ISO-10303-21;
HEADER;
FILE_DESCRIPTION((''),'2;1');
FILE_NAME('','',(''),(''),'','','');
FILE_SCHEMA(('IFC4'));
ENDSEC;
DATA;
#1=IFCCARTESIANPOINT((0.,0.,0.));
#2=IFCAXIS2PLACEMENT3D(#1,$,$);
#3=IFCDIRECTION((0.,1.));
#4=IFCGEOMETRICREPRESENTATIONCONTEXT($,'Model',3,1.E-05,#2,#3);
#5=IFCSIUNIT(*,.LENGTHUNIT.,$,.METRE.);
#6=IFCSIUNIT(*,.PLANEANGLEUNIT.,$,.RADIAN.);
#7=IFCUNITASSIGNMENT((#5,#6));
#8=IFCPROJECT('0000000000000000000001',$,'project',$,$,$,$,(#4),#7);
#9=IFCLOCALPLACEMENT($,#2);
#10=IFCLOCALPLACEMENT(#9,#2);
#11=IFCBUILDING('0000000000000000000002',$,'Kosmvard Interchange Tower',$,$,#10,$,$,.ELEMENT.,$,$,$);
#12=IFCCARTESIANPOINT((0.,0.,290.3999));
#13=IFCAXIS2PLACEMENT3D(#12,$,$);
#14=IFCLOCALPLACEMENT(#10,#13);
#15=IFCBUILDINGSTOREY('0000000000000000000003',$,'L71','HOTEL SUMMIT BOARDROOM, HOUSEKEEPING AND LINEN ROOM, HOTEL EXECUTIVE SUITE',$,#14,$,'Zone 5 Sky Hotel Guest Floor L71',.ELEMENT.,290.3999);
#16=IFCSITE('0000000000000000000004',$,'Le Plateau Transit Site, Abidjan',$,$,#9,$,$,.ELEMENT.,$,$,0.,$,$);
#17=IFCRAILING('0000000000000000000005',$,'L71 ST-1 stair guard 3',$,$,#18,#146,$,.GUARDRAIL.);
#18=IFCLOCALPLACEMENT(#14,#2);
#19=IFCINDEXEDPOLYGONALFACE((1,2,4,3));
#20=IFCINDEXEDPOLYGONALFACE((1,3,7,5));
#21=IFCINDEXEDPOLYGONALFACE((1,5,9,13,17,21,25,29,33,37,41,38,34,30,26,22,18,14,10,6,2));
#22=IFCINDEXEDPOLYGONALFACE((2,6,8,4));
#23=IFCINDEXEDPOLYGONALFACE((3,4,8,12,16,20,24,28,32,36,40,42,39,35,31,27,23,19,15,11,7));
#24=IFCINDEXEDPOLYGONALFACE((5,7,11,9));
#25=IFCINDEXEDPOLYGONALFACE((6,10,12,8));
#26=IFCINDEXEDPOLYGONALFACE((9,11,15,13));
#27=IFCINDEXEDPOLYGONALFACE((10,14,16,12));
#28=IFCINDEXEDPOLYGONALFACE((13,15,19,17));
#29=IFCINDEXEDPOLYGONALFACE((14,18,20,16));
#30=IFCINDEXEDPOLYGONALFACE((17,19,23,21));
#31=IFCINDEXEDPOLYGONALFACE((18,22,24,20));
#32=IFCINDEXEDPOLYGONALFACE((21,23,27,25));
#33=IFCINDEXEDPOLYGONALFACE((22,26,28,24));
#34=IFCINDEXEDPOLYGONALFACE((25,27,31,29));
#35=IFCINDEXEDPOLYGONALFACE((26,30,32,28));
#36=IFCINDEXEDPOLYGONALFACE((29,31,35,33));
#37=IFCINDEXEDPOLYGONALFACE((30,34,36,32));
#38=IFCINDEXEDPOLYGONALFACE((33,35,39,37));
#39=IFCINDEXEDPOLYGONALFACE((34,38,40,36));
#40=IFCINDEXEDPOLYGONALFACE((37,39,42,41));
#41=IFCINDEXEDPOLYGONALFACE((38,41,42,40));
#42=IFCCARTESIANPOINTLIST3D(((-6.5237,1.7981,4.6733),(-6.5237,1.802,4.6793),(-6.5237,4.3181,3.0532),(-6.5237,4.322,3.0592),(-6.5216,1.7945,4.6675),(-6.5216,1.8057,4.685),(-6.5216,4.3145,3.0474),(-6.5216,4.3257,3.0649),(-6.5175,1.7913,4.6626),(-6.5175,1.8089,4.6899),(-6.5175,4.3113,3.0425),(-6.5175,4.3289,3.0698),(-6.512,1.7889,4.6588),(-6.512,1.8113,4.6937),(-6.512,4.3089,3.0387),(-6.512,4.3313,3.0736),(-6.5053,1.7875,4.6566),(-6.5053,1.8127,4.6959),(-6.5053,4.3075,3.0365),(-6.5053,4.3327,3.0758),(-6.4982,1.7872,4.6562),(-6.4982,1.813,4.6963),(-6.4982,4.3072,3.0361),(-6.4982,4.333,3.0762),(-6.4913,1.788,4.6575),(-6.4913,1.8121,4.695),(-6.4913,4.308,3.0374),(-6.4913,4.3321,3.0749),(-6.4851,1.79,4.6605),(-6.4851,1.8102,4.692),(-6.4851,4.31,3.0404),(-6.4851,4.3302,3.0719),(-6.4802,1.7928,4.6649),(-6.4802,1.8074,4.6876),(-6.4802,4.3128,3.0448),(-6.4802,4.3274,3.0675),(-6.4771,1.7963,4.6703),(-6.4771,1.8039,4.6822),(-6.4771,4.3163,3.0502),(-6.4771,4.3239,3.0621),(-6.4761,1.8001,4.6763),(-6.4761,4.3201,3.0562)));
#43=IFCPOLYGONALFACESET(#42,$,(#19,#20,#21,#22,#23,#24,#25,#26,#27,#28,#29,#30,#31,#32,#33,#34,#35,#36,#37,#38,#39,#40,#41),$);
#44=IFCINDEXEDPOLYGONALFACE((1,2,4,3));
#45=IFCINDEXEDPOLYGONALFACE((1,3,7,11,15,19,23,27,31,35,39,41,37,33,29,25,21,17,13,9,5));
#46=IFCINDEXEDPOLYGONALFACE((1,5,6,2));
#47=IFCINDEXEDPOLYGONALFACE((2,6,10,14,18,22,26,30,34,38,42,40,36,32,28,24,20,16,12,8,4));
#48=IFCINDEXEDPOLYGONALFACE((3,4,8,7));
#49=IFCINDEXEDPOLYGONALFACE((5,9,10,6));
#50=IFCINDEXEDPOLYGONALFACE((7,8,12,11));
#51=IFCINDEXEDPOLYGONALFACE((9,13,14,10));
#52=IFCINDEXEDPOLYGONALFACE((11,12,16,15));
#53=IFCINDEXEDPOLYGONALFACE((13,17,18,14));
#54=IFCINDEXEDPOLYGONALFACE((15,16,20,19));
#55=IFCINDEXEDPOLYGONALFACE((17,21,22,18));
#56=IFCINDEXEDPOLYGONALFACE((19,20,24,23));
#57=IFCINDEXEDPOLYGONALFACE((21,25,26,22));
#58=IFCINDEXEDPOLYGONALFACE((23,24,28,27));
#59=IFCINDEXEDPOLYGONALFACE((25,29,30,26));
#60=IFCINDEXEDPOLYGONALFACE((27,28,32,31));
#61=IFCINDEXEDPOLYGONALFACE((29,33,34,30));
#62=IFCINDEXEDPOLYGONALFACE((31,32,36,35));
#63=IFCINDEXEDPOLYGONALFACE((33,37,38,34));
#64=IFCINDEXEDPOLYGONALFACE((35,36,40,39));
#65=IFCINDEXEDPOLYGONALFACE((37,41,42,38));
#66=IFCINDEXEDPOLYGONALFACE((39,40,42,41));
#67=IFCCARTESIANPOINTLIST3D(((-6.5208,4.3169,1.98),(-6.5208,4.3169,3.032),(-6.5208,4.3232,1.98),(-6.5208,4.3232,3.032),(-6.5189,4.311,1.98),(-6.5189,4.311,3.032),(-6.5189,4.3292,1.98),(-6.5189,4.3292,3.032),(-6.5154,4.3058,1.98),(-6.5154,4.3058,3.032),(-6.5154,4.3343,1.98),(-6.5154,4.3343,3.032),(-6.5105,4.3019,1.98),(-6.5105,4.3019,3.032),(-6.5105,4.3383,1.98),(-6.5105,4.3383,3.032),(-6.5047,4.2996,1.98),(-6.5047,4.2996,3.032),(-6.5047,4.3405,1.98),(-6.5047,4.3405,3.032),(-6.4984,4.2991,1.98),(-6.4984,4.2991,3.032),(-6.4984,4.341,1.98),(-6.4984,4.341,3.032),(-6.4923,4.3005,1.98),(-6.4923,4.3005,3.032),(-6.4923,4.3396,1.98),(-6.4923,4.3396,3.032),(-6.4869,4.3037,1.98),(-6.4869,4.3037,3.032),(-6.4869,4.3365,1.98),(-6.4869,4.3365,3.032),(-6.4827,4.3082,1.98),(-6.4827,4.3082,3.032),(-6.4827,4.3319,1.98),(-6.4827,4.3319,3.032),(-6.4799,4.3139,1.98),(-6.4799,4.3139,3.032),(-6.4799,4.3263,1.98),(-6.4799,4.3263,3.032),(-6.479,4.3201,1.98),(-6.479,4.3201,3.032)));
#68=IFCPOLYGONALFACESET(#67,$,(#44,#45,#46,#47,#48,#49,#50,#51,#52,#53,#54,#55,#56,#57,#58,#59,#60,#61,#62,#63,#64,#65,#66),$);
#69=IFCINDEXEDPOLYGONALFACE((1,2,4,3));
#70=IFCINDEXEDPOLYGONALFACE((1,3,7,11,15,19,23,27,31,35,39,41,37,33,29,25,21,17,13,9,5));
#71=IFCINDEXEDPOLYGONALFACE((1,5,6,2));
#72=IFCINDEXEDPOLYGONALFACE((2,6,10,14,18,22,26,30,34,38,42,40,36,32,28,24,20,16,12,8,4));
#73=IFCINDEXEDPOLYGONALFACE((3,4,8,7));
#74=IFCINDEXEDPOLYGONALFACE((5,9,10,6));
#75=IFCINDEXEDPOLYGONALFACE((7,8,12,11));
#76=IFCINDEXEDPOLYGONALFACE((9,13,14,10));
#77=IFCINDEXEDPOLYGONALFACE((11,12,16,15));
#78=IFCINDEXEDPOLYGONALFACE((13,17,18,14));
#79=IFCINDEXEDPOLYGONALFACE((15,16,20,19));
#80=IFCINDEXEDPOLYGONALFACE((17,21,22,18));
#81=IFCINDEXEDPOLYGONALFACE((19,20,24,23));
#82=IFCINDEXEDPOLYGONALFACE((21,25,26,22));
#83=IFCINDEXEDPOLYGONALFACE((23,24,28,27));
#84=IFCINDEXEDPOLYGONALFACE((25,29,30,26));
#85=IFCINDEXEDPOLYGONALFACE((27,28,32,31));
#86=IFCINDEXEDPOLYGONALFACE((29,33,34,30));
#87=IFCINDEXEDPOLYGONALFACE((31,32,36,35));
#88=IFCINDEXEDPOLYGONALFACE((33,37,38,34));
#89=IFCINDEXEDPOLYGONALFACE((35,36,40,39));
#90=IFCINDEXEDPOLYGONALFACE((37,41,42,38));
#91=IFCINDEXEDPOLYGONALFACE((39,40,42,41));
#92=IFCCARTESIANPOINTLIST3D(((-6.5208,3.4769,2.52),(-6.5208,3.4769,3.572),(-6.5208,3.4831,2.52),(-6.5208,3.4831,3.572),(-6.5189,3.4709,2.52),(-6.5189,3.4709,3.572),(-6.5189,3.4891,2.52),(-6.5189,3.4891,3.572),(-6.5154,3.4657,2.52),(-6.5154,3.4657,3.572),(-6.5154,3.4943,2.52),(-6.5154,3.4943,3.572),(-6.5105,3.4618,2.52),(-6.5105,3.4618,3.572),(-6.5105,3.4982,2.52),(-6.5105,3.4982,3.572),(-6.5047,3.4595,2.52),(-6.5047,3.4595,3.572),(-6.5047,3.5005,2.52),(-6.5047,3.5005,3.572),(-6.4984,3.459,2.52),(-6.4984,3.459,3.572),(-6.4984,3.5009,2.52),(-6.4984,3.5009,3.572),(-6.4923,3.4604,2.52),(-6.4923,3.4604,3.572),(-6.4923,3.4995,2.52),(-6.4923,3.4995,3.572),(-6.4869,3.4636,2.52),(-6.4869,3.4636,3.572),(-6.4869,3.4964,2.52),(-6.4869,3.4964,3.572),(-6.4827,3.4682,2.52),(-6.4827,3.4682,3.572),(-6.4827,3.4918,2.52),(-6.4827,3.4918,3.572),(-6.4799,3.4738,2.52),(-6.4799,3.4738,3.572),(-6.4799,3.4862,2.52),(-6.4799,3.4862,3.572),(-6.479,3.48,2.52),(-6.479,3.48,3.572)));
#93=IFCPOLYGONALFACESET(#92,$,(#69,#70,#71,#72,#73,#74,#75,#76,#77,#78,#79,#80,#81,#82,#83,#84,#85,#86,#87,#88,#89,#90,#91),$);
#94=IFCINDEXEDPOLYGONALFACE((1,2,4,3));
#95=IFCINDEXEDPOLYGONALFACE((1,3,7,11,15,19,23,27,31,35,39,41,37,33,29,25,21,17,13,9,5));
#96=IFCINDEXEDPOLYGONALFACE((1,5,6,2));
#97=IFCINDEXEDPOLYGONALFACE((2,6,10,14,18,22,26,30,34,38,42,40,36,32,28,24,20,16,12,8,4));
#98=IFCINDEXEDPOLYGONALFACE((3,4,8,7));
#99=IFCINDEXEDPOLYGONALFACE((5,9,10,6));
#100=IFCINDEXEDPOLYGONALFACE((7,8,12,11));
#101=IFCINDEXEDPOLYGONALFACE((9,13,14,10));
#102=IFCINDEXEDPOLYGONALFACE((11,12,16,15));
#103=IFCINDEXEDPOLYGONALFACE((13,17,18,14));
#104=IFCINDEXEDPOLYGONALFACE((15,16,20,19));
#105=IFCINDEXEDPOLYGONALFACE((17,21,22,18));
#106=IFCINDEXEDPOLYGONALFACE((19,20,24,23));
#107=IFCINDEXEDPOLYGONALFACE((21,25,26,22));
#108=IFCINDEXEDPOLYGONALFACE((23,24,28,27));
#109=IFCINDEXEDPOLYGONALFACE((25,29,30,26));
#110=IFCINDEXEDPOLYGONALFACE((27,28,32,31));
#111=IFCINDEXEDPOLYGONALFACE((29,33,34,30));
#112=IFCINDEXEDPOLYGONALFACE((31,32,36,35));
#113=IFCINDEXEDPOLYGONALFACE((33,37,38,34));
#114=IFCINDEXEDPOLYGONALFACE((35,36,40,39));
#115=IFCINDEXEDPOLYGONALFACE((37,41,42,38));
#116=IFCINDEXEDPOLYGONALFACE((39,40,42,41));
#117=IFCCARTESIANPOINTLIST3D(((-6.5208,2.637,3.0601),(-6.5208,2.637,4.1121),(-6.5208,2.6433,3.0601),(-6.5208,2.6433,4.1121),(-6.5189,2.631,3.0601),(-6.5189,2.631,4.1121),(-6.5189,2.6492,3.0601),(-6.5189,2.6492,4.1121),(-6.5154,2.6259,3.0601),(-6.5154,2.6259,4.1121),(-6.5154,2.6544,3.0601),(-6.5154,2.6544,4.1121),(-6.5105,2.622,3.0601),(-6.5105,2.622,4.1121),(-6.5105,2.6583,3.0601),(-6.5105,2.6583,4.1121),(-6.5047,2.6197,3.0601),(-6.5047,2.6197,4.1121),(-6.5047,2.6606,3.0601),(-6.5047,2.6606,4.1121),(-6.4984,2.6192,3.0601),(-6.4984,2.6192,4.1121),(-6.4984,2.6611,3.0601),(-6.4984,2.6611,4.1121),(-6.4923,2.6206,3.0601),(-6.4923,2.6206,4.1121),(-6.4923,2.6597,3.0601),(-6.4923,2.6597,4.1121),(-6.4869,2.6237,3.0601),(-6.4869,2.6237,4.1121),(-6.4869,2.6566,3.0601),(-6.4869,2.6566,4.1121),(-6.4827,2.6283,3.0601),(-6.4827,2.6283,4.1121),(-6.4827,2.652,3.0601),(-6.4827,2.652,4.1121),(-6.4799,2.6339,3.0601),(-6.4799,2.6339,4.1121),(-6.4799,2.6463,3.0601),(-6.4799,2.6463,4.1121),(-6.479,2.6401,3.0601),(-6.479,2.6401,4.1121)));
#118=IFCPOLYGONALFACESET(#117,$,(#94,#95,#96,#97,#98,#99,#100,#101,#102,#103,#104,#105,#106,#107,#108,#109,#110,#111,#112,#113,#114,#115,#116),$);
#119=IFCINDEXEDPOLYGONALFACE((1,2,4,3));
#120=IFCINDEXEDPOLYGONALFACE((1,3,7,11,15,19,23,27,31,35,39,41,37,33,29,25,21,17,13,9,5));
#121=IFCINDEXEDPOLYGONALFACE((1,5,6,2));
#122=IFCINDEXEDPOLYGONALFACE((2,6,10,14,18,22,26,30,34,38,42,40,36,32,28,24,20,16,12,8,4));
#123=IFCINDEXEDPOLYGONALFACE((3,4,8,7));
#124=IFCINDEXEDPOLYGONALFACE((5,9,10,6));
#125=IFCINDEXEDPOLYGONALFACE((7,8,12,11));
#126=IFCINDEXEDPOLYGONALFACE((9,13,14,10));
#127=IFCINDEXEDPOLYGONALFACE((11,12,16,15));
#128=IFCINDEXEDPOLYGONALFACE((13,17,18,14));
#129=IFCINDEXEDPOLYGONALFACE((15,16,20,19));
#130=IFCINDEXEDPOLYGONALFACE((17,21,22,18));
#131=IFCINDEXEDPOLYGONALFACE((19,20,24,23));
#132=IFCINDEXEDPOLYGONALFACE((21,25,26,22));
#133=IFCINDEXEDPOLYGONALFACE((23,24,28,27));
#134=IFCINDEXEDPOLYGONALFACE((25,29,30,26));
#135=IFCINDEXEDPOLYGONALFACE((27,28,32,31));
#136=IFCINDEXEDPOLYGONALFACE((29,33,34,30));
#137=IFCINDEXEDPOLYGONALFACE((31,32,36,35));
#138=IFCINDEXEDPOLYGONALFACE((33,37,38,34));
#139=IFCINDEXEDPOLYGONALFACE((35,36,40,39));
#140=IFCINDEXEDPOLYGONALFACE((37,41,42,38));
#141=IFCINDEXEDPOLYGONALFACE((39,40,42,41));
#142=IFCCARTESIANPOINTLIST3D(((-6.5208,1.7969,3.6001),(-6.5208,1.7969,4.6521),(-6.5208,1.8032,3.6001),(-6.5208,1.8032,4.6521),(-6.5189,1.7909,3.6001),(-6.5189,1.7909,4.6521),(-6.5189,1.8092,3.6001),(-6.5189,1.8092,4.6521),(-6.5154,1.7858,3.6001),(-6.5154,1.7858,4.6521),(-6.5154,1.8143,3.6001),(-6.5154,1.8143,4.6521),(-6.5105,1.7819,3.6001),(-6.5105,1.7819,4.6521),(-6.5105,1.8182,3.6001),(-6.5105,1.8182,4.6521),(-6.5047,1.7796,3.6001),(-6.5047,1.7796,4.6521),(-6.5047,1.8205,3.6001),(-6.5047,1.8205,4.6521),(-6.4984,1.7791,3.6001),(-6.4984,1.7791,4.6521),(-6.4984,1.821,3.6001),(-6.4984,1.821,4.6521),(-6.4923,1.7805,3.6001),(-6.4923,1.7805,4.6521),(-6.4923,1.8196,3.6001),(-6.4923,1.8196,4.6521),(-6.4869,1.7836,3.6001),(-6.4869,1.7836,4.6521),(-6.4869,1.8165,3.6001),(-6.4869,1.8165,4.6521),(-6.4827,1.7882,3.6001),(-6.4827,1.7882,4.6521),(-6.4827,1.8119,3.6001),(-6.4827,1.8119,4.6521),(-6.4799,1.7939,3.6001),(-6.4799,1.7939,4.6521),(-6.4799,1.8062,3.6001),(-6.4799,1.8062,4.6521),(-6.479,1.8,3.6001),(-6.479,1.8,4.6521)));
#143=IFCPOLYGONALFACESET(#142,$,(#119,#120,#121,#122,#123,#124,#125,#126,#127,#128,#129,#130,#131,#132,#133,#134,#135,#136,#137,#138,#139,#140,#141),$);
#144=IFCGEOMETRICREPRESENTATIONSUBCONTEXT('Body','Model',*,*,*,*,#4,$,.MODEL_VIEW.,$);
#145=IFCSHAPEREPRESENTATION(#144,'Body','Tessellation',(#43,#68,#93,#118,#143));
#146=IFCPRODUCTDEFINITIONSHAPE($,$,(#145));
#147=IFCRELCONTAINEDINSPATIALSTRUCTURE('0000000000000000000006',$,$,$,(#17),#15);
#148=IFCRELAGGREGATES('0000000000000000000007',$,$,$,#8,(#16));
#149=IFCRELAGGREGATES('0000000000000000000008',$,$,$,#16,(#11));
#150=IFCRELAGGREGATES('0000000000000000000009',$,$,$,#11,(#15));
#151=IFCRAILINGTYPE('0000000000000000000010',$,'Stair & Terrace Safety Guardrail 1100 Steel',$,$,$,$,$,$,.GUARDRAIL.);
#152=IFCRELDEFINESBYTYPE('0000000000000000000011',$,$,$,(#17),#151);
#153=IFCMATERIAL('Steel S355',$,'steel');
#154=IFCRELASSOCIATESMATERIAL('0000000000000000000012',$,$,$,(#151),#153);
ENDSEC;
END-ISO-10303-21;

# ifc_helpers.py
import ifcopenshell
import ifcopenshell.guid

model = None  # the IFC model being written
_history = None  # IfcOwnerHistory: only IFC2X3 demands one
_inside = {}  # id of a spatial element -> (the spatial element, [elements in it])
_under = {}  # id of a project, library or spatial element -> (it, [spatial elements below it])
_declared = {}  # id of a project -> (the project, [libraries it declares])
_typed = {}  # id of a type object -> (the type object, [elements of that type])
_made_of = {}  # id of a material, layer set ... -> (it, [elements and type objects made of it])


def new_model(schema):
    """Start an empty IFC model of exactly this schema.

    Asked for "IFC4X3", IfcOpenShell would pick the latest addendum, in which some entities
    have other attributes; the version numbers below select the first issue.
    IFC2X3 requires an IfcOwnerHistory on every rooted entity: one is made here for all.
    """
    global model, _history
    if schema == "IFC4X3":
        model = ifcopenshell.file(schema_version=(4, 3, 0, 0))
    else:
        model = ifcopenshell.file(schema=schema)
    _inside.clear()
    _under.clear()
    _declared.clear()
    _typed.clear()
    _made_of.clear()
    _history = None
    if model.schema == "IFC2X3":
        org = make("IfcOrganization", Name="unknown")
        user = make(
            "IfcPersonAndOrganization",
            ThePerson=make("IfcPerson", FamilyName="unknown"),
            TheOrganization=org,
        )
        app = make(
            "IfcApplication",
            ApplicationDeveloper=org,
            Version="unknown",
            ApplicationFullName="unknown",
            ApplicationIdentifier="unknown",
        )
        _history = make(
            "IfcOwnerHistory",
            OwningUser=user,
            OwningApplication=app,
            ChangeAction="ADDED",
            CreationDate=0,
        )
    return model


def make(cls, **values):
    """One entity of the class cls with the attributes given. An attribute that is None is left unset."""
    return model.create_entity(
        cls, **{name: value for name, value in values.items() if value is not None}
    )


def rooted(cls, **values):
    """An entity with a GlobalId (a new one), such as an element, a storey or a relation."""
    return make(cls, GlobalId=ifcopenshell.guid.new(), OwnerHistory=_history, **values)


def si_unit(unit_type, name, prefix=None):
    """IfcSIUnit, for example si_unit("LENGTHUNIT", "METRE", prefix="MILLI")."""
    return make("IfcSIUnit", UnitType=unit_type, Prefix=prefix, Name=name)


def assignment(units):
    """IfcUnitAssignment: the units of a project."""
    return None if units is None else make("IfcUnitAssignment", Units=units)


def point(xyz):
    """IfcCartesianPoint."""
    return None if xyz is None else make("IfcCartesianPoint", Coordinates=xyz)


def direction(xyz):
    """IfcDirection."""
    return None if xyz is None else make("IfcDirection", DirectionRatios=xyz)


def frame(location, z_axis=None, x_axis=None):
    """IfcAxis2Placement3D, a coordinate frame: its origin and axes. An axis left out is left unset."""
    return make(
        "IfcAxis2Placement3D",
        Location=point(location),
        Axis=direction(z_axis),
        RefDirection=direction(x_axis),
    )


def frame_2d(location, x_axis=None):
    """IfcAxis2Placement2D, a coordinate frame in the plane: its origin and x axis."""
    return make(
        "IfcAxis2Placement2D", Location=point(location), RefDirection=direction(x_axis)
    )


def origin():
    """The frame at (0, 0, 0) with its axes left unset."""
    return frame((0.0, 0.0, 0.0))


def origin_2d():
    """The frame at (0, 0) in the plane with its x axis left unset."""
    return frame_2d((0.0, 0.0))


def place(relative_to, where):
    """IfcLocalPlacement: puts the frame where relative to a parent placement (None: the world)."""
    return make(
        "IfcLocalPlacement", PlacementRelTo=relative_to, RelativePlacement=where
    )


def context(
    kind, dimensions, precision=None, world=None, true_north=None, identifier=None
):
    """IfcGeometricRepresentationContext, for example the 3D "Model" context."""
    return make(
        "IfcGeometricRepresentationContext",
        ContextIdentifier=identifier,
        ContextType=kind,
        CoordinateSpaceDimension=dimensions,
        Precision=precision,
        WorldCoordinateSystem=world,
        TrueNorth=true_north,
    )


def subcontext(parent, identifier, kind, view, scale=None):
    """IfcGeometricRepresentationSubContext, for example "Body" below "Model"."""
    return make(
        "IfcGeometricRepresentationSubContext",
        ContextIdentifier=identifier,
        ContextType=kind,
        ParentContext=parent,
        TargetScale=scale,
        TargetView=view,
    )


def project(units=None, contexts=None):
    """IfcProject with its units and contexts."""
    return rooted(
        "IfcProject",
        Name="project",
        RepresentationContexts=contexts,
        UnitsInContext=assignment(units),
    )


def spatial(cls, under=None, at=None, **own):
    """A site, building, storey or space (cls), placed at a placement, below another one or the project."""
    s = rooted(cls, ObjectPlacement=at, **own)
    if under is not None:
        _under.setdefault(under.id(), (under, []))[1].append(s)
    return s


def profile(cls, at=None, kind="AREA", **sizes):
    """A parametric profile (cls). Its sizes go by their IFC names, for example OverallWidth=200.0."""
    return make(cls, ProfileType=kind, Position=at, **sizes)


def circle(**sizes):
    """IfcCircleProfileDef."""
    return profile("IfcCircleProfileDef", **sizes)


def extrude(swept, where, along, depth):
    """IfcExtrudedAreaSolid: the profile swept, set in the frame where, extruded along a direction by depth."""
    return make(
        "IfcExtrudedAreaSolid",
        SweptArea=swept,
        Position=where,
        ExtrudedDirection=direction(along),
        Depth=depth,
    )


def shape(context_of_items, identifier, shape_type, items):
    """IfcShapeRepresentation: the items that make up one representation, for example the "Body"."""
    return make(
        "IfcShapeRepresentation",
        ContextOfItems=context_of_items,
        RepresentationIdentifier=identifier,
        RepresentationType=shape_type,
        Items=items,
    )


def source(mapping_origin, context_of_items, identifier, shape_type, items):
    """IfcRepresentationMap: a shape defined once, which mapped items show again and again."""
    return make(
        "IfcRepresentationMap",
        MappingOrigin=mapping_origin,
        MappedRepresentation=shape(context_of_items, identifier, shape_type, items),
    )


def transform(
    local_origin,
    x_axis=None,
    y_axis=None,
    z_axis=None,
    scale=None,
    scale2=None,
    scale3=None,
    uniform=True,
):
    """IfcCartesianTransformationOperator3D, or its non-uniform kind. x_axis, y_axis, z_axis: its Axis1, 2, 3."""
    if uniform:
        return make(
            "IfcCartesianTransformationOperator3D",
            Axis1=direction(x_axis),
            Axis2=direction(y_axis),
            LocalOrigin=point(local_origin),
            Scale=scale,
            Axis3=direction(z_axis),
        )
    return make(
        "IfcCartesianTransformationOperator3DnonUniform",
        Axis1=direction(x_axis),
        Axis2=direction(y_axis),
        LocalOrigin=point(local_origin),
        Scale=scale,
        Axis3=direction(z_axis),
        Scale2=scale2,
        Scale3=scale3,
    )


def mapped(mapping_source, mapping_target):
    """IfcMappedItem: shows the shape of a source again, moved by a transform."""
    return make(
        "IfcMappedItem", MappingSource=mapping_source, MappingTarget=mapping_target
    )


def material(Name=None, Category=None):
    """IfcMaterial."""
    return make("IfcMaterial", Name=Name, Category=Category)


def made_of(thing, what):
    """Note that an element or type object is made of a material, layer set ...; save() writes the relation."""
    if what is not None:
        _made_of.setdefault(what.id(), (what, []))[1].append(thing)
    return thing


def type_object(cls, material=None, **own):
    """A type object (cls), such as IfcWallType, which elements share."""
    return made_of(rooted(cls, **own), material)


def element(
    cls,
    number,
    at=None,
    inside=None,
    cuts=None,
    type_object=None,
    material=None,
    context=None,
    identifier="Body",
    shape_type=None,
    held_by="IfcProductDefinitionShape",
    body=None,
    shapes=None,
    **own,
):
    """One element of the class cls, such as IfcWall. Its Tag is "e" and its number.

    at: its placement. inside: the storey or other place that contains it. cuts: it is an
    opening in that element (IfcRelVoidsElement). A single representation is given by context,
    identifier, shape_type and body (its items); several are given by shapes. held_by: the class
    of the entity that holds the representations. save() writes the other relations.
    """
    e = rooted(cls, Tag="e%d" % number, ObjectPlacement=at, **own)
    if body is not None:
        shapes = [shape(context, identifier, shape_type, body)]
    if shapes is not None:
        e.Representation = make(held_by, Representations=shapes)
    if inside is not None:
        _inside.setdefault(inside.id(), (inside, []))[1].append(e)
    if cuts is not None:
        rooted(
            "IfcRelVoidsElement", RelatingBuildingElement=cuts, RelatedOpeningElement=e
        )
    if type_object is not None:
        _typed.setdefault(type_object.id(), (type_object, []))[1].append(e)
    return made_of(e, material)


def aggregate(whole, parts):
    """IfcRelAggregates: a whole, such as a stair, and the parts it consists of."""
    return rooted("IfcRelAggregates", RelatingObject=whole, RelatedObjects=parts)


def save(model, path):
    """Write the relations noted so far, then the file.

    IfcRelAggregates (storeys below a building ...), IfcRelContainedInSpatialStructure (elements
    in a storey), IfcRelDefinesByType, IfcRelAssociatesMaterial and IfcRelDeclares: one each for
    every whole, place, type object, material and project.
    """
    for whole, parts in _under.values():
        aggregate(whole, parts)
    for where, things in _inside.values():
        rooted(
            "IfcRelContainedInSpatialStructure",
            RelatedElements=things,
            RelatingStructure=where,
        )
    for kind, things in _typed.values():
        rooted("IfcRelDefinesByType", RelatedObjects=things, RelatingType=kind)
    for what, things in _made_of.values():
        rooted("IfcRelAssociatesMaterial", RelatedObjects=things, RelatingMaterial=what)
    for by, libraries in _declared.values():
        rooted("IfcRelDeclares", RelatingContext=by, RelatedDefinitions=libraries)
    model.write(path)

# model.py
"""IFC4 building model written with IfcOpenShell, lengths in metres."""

from ifc_helpers import new_model, si_unit, direction, frame, origin, origin_2d, place, context, subcontext, project, spatial, circle, extrude, source, transform, mapped, material, type_object, element, save


model = new_model("IFC4")

# Units and contexts
model_context = context("Model", 3, precision=1e-05, world=origin(), true_north=direction((0.0, 1.0)))
body_context = subcontext(model_context, "Body", "Model", "MODEL_VIEW")
ifc_project = project(units=[si_unit("LENGTHUNIT", "METRE"), si_unit("PLANEANGLEUNIT", "RADIAN")], contexts=[model_context])

# Site, building, storey
site_placement = place(None, origin())
site = spatial("IfcSite", under=ifc_project, at=site_placement, Name="Le Plateau Transit Site, Abidjan", CompositionType="ELEMENT", RefElevation=0.0)
building_placement = place(site_placement, origin())
building = spatial("IfcBuilding", under=site, at=building_placement, Name="Kosmvard Interchange Tower", CompositionType="ELEMENT")
storey_placement = place(building_placement, frame((0.0, 0.0, 290.3999)))
storey = spatial("IfcBuildingStorey", under=building, at=storey_placement, Name="L71", Description="HOTEL SUMMIT BOARDROOM, HOUSEKEEPING AND LINEN ROOM, HOTEL EXECUTIVE SUITE", LongName="Zone 5 Sky Hotel Guest Floor L71", CompositionType="ELEMENT", Elevation=290.3999)

# Shared definitions
ifc_material_1 = material(Name="Steel S355", Category="steel")

# Railing
railing_type_1 = type_object("IfcRailingType", Name="Stair & Terrace Safety Guardrail 1100 Steel", PredefinedType="GUARDRAIL", material=ifc_material_1)
shared_shape_1 = source(origin(), body_context, "Body", "SweptSolid", [
    extrude(circle(Radius=0.0239, at=origin_2d()), frame((0.0, 0.0, 1.0762), z_axis=(0.0, -0.841163, 0.540782), x_axis=(1.0, 0.0, 0.0)), (0.0, 0.0, 1.0), 2.9958),
    extrude(circle(Radius=0.021, at=origin_2d()), origin(), (0.0, 0.0, 1.0), 1.052),
    extrude(circle(Radius=0.021, at=origin_2d()), frame((0.0, -0.8401, 0.54)), (0.0, 0.0, 1.0), 1.052),
    extrude(circle(Radius=0.021, at=origin_2d()), frame((0.0, -1.6799, 1.0801)), (0.0, 0.0, 1.0), 1.052),
    extrude(circle(Radius=0.021, at=origin_2d()), frame((0.0, -2.52, 1.6201)), (0.0, 0.0, 1.0), 1.052),
])
railing_1_placement = place(storey_placement, frame((-6.5, 4.3201, 1.98)))
element("IfcRailing", 1, at=railing_1_placement, inside=storey, type_object=railing_type_1, Name="L71 ST-1 stair guard 3", PredefinedType="GUARDRAIL", context=body_context, shape_type="MappedRepresentation", body=[
    mapped(shared_shape_1, transform((0.0, 0.0, 0.0), scale=1.0)),
])

save(model, "model.ifc")
